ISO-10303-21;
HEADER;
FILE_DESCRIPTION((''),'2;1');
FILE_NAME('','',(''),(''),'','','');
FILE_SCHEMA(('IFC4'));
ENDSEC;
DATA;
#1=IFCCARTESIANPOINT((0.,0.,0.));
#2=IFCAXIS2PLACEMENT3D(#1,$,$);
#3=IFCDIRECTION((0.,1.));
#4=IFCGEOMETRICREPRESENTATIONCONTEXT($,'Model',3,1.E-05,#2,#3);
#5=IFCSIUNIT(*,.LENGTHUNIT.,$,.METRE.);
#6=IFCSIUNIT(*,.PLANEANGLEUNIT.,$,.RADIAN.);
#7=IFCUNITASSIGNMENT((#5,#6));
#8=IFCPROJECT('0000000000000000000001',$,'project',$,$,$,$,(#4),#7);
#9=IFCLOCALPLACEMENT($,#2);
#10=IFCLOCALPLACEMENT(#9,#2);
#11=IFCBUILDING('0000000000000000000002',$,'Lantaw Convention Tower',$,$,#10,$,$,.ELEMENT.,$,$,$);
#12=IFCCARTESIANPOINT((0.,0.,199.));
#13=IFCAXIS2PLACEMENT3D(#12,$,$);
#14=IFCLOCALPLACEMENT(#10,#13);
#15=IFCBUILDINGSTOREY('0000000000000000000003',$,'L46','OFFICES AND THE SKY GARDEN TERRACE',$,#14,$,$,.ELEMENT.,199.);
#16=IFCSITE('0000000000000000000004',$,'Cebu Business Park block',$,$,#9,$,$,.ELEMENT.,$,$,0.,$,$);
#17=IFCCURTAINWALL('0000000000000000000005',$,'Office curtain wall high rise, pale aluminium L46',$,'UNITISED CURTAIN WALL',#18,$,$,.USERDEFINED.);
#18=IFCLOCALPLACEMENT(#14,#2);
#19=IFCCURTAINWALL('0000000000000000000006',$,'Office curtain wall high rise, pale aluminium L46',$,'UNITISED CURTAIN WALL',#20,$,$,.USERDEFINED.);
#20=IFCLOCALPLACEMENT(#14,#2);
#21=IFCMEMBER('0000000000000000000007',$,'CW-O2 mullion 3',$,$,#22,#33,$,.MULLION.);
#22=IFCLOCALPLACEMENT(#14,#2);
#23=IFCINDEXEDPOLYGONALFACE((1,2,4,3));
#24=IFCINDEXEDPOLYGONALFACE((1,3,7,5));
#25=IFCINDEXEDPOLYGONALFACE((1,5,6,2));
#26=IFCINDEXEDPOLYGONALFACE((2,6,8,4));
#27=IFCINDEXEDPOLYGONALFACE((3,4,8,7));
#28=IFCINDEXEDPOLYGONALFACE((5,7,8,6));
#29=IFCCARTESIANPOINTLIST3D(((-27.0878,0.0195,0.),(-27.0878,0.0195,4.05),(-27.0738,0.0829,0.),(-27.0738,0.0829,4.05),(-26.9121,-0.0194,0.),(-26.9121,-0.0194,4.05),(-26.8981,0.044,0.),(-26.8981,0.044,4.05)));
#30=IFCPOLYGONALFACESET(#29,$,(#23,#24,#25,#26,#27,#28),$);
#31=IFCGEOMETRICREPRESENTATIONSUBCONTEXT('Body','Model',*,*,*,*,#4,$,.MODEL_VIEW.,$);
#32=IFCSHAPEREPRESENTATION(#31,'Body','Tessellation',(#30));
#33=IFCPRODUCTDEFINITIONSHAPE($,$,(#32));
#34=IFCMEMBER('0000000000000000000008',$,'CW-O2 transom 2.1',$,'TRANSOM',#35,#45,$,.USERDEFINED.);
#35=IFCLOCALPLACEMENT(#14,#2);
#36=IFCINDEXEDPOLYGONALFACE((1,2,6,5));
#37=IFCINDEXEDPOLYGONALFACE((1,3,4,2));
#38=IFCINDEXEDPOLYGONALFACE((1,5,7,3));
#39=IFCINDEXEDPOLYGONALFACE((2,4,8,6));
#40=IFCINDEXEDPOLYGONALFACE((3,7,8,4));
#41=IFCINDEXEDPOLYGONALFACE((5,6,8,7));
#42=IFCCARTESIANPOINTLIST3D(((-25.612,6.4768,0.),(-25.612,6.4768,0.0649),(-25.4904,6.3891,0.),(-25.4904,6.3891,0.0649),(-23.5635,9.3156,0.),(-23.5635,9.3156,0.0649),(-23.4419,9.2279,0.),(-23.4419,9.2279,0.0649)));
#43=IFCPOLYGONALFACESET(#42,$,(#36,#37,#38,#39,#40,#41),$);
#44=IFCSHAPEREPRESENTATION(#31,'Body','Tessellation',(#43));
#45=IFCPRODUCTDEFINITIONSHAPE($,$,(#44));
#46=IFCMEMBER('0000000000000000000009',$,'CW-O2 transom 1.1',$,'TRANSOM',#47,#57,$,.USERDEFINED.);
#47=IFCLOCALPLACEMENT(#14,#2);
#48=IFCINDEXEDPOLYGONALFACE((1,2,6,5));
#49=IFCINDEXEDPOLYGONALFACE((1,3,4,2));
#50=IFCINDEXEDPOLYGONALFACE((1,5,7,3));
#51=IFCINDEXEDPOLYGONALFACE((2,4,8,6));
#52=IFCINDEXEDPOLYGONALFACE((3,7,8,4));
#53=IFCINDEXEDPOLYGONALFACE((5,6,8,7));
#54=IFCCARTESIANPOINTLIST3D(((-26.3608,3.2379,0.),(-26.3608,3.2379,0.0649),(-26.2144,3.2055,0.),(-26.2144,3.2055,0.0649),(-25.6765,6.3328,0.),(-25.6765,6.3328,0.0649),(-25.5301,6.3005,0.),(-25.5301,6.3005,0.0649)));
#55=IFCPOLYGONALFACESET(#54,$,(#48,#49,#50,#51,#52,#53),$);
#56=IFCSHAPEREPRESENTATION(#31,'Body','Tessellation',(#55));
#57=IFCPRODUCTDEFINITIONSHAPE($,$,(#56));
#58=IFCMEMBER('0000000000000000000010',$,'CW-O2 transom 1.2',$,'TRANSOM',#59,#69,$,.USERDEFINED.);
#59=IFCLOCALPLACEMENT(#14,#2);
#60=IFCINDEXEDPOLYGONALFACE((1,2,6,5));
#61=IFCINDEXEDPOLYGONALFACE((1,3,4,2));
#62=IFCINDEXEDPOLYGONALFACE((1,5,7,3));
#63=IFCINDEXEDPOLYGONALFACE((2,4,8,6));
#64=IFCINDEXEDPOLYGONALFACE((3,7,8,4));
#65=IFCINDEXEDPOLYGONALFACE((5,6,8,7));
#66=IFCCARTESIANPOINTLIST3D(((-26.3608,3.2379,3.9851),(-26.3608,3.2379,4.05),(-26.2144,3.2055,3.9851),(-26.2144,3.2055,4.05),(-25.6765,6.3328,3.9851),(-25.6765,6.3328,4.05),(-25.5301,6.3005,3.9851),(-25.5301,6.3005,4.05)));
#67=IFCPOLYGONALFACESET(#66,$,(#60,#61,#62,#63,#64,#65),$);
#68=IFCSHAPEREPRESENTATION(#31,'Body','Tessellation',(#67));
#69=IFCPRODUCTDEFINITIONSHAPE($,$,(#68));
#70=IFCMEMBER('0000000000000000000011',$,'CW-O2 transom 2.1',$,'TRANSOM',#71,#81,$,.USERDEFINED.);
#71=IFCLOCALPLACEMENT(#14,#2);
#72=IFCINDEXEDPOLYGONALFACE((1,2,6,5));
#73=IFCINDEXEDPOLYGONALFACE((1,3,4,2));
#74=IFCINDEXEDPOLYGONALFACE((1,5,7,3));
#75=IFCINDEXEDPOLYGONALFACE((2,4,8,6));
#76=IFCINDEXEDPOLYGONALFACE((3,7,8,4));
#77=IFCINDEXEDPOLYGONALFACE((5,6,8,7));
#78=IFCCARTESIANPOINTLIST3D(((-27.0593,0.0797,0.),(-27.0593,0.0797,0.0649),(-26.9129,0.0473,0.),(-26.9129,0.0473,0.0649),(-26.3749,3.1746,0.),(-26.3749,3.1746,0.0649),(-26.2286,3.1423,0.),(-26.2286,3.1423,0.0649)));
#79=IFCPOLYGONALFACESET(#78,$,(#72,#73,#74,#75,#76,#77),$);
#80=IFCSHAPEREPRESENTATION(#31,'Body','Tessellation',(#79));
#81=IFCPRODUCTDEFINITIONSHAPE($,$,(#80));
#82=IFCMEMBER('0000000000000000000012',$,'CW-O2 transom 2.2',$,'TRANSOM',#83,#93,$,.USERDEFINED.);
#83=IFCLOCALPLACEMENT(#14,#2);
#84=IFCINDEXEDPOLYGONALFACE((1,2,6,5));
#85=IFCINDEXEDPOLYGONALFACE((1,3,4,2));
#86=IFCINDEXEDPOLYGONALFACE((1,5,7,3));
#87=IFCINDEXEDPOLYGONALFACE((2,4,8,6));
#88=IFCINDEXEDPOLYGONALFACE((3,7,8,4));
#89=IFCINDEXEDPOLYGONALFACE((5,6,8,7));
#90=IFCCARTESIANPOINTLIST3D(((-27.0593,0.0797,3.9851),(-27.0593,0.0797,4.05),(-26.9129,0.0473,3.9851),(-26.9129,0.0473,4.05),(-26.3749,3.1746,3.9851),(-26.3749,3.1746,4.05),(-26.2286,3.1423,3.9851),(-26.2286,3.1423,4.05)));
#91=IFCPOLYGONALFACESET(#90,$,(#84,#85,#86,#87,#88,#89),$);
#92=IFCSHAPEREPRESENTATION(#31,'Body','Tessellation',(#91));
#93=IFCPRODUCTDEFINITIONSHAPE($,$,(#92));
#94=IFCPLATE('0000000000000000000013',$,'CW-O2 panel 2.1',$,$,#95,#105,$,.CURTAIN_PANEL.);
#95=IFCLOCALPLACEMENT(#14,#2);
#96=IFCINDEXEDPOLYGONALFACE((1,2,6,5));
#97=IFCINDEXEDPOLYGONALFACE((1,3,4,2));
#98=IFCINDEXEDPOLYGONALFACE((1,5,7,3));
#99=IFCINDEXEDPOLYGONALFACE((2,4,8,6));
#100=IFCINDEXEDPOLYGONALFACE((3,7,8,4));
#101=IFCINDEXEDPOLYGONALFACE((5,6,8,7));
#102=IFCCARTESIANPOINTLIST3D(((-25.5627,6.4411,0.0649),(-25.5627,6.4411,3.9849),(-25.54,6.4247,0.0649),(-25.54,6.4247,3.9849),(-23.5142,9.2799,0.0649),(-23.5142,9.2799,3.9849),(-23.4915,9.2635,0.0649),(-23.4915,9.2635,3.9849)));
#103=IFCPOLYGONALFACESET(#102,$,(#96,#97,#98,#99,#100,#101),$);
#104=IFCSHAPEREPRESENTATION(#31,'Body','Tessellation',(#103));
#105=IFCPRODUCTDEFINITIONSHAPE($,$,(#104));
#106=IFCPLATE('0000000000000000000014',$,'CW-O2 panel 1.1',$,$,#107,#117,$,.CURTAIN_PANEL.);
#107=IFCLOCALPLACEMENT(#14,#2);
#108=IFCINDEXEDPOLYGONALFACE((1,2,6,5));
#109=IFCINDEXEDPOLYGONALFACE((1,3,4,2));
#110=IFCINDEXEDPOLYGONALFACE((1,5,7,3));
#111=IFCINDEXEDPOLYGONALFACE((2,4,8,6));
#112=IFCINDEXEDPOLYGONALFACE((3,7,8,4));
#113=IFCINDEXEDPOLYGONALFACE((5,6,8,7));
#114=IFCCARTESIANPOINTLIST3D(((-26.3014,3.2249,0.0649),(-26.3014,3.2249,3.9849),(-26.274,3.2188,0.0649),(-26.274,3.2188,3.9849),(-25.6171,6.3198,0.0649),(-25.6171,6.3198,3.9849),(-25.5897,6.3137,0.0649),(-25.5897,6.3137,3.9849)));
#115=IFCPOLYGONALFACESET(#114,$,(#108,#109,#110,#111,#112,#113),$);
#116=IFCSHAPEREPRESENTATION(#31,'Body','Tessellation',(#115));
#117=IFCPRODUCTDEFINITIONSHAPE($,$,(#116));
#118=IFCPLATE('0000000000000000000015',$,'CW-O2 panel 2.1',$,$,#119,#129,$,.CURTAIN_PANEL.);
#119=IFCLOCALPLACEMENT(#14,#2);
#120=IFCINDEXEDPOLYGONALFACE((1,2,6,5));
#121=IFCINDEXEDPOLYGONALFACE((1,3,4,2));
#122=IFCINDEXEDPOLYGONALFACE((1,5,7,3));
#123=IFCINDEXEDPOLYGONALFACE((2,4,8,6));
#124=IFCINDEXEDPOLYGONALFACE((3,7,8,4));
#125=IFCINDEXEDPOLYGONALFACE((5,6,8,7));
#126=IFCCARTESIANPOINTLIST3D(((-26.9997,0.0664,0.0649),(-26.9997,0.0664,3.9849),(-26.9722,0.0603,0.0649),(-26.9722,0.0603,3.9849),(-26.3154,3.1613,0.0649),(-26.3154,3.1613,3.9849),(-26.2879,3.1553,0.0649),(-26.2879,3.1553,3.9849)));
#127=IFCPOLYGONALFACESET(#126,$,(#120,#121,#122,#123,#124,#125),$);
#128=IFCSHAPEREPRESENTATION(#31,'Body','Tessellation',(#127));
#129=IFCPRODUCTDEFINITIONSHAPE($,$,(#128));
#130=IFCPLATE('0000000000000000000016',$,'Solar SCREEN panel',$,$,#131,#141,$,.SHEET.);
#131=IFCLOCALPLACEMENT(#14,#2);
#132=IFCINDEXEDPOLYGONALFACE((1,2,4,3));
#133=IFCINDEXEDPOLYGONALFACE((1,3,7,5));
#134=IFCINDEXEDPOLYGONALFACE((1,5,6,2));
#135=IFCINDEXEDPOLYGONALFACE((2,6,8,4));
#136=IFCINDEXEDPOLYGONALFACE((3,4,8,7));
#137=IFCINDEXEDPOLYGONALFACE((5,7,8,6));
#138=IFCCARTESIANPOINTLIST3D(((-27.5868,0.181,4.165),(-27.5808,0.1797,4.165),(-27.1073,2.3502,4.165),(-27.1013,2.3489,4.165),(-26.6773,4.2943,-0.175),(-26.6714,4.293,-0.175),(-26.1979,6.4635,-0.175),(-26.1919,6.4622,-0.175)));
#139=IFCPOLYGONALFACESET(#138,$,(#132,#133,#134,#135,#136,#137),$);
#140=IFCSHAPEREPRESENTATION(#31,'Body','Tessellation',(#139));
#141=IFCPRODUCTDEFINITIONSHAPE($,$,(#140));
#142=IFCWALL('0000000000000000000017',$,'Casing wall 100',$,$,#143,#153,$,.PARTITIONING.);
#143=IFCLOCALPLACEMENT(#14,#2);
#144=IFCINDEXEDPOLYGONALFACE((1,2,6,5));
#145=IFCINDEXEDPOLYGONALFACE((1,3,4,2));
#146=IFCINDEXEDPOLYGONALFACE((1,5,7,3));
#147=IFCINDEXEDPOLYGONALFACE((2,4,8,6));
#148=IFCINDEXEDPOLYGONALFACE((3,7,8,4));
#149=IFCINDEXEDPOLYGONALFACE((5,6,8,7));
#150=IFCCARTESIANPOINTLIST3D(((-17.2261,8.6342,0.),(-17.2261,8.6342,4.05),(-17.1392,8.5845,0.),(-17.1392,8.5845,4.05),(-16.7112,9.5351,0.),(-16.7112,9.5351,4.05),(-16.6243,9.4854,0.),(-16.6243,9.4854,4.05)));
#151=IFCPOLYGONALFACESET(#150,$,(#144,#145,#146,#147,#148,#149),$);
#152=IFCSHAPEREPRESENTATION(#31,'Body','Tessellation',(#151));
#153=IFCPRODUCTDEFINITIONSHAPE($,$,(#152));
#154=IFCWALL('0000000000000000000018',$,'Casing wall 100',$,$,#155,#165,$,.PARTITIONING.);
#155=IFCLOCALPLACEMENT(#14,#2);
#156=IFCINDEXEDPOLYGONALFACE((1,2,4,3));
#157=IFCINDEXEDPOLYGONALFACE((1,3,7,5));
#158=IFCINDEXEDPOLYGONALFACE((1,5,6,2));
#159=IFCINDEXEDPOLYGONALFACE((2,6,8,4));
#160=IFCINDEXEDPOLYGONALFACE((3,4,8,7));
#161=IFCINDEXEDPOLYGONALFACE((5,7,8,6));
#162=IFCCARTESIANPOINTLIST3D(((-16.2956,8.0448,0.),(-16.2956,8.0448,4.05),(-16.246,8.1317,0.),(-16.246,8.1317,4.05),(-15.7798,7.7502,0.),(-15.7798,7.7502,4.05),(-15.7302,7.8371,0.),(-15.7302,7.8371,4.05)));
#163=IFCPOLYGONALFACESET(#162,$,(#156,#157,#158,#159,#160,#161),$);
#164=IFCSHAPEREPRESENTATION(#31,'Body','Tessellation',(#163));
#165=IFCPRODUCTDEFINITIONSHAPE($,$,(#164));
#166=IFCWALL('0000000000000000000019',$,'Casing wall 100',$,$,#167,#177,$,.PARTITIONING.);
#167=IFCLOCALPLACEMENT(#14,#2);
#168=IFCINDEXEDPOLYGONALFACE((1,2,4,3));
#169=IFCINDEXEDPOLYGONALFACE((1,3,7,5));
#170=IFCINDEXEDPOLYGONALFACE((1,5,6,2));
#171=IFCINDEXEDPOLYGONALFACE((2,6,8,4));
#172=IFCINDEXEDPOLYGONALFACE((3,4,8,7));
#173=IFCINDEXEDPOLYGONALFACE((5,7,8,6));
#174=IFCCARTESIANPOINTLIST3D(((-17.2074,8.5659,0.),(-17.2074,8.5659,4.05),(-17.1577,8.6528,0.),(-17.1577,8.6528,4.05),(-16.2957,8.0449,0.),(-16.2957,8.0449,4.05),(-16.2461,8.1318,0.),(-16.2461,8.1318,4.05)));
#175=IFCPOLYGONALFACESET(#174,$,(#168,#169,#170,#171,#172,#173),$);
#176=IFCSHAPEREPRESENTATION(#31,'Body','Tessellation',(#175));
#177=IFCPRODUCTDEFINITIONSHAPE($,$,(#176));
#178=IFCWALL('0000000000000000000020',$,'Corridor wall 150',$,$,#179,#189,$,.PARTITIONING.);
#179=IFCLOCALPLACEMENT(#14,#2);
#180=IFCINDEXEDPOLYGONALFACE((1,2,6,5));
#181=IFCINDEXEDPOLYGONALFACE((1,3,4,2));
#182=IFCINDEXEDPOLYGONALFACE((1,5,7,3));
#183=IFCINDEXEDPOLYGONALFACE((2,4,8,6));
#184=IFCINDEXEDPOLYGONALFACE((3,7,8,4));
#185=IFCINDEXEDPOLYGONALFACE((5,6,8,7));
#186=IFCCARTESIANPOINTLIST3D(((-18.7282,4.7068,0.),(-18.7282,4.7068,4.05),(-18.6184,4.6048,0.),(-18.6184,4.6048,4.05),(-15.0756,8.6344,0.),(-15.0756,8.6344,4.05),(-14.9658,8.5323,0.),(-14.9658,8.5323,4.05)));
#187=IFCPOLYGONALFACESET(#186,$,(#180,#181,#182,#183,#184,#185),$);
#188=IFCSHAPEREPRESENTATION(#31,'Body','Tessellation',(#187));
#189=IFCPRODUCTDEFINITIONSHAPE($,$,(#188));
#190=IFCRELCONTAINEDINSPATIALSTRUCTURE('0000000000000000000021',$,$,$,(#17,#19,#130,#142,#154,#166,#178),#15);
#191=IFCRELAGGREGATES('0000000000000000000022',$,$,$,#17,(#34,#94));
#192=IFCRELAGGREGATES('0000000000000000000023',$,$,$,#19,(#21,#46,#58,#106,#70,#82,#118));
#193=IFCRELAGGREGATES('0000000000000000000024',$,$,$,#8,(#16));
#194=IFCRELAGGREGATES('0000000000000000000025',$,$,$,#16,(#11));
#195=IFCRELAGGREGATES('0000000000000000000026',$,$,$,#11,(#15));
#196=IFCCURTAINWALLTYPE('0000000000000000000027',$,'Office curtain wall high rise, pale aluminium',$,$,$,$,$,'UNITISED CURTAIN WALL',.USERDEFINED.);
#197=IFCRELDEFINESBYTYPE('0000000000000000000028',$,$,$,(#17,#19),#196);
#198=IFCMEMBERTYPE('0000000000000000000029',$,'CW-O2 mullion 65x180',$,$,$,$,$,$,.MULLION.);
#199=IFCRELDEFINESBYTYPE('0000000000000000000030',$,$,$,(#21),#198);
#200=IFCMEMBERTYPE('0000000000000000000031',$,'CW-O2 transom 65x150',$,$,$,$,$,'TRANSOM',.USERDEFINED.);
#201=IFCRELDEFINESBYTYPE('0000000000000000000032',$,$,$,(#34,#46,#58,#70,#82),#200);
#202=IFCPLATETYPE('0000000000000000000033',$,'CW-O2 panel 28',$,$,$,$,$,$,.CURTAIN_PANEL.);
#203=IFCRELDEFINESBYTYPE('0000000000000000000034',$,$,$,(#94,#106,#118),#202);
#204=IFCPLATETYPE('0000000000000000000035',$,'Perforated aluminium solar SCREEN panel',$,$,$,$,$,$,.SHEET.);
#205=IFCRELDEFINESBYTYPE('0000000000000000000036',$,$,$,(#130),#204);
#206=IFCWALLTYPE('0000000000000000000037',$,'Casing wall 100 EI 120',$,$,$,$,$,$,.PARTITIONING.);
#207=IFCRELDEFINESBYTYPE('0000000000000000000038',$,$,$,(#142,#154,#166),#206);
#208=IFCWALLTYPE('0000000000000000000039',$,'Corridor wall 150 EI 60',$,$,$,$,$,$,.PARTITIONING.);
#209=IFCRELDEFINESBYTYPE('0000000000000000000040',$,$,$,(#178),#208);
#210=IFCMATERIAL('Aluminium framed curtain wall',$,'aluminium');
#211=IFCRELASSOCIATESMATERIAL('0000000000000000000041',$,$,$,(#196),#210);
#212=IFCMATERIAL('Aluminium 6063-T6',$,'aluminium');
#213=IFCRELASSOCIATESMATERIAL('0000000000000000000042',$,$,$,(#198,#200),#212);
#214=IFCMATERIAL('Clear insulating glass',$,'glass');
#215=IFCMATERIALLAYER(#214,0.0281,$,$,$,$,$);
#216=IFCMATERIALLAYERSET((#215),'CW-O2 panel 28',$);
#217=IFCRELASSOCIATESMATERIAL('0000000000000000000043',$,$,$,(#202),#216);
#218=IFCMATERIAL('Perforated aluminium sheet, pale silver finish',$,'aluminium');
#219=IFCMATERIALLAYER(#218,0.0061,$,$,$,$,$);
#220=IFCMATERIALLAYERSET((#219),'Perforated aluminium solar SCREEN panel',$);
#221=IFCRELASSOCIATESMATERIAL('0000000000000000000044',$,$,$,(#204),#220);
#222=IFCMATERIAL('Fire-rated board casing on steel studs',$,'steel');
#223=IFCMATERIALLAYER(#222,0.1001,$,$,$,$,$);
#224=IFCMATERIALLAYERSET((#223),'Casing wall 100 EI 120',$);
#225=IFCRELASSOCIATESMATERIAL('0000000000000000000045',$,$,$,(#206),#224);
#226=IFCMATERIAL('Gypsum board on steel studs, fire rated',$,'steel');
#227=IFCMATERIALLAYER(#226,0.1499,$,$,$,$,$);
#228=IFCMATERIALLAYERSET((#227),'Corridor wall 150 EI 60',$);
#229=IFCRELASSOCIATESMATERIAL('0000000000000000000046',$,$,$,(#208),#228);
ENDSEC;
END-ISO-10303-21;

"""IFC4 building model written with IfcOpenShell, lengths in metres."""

from ifc_helpers import new_model, si_unit, direction, frame, frame_2d, origin, origin_2d, place, context, subcontext, project, spatial, polyline, rectangle, outline, extrude, material, layer, layer_set, material_profile, profile_set, type_object, element, aggregate, save


model = new_model("IFC4")

# Units and contexts
model_context = context("Model", 3, precision=1e-05, world=origin(), true_north=direction((0.0, 1.0)))
body_context = subcontext(model_context, "Body", "Model", "MODEL_VIEW")
ifc_project = project(units=[si_unit("LENGTHUNIT", "METRE"), si_unit("PLANEANGLEUNIT", "RADIAN")], contexts=[model_context])

# Site, building, storey
site_placement = place(None, origin())
site = spatial("IfcSite", under=ifc_project, at=site_placement, Name="Cebu Business Park block", CompositionType="ELEMENT", RefElevation=0.0)
building_placement = place(site_placement, origin())
building = spatial("IfcBuilding", under=site, at=building_placement, Name="Lantaw Convention Tower", CompositionType="ELEMENT")
storey_placement = place(building_placement, frame((0.0, 0.0, 199.0)))
storey = spatial("IfcBuildingStorey", under=building, at=storey_placement, Name="L46", Description="OFFICES AND THE SKY GARDEN TERRACE", CompositionType="ELEMENT", Elevation=199.0)

# Curtain wall
ifc_material_1 = material(Name="Aluminium framed curtain wall", Category="aluminium")
curtain_wall_type = type_object("IfcCurtainWallType", Name="Office curtain wall high rise, pale aluminium", ElementType="UNITISED CURTAIN WALL", PredefinedType="USERDEFINED", material=ifc_material_1)
curtain_wall_1_placement = place(storey_placement, origin())
curtain_wall_1 = element("IfcCurtainWall", 1, at=curtain_wall_1_placement, inside=storey, type_object=curtain_wall_type, Name="Office curtain wall high rise, pale aluminium L46", ObjectType="UNITISED CURTAIN WALL", PredefinedType="USERDEFINED")
ifc_material_2 = material(Name="Aluminium 6063-T6", Category="aluminium")
ifc_material_profile_1 = material_profile(ifc_material_2, rectangle(XDim=0.1799, YDim=0.0649, at=origin_2d()), Name="CW-O2 mullion 65x180")
ifc_profile_set_1 = profile_set([ifc_material_profile_1], Name="Aluminium 6063-T6")
member_type_1 = type_object("IfcMemberType", Name="CW-O2 mullion 65x180", PredefinedType="MULLION", material=ifc_profile_set_1)

# Curtain wall, member
curtain_wall_2_placement = place(storey_placement, origin())
curtain_wall_2 = element("IfcCurtainWall", 2, at=curtain_wall_2_placement, inside=storey, type_object=curtain_wall_type, Name="Office curtain wall high rise, pale aluminium L46", ObjectType="UNITISED CURTAIN WALL", PredefinedType="USERDEFINED")
member_1_placement = place(storey_placement, frame((-26.9929, 0.0317, 0.0), z_axis=(0.0, 0.0, 1.0), x_axis=(0.976417, -0.215891, 0.0)))
member_1 = element("IfcMember", 3, at=member_1_placement, type_object=member_type_1, Name="CW-O2 mullion 3", PredefinedType="MULLION", context=body_context, shape_type="SweptSolid", body=[
    extrude(rectangle(XDim=0.1799, YDim=0.0649, at=origin_2d()), origin(), (0.0, 0.0, 1.0), 4.05),
])

# Members
ifc_material_profile_2 = material_profile(ifc_material_2, rectangle(XDim=0.1499, YDim=0.0649, at=origin_2d()), Name="CW-O2 transom 65x150")
ifc_profile_set_2 = profile_set([ifc_material_profile_2], Name="Aluminium 6063-T6")
member_type_2 = type_object("IfcMemberType", Name="CW-O2 transom 65x150", ElementType="TRANSOM", PredefinedType="USERDEFINED", material=ifc_profile_set_2)
member_2_placement = place(storey_placement, frame((-23.5027, 9.2717, 0.0325), z_axis=(-0.58517, -0.810911, 0.0), x_axis=(0.810911, -0.58517, 0.0)))
member_2 = element("IfcMember", 4, at=member_2_placement, type_object=member_type_2, Name="CW-O2 transom 2.1", ObjectType="TRANSOM", PredefinedType="USERDEFINED", context=body_context, shape_type="SweptSolid", body=[
    extrude(rectangle(XDim=0.1499, YDim=0.0649, at=origin_2d()), origin(), (0.0, 0.0, 1.0), 3.5007),
])
member_3_placement = place(storey_placement, frame((-25.6033, 6.3167, 0.0325), z_axis=(-0.215895, -0.976417, 0.0), x_axis=(0.976417, -0.215895, 0.0)))
member_3 = element("IfcMember", 5, at=member_3_placement, type_object=member_type_2, Name="CW-O2 transom 1.1", ObjectType="TRANSOM", PredefinedType="USERDEFINED", context=body_context, shape_type="SweptSolid", body=[
    extrude(rectangle(XDim=0.1499, YDim=0.0649, at=origin_2d()), origin(), (0.0, 0.0, 1.0), 3.1697),
])
member_4_placement = place(storey_placement, frame((-25.6033, 6.3167, 4.0176), z_axis=(-0.215895, -0.976417, 0.0), x_axis=(0.976417, -0.215895, 0.0)))
member_4 = element("IfcMember", 6, at=member_4_placement, type_object=member_type_2, Name="CW-O2 transom 1.2", ObjectType="TRANSOM", PredefinedType="USERDEFINED", context=body_context, shape_type="SweptSolid", body=[
    extrude(rectangle(XDim=0.1499, YDim=0.0649, at=origin_2d()), origin(), (0.0, 0.0, 1.0), 3.1697),
])
member_5_placement = place(storey_placement, frame((-26.3018, 3.1584, 0.0325), z_axis=(-0.215895, -0.976417, 0.0), x_axis=(0.976417, -0.215895, 0.0)))
member_5 = element("IfcMember", 7, at=member_5_placement, type_object=member_type_2, Name="CW-O2 transom 2.1", ObjectType="TRANSOM", PredefinedType="USERDEFINED", context=body_context, shape_type="SweptSolid", body=[
    extrude(rectangle(XDim=0.1499, YDim=0.0649, at=origin_2d()), origin(), (0.0, 0.0, 1.0), 3.1697),
])
member_6_placement = place(storey_placement, frame((-26.3018, 3.1584, 4.0176), z_axis=(-0.215895, -0.976417, 0.0), x_axis=(0.976417, -0.215895, 0.0)))
member_6 = element("IfcMember", 8, at=member_6_placement, type_object=member_type_2, Name="CW-O2 transom 2.2", ObjectType="TRANSOM", PredefinedType="USERDEFINED", context=body_context, shape_type="SweptSolid", body=[
    extrude(rectangle(XDim=0.1499, YDim=0.0649, at=origin_2d()), origin(), (0.0, 0.0, 1.0), 3.1697),
])

# Plates
ifc_material_3 = material(Name="Clear insulating glass", Category="glass")
ifc_layer_1 = layer(ifc_material_3, 0.0281)
ifc_layer_set_1 = layer_set([ifc_layer_1], Name="CW-O2 panel 28")
plate_type_1 = type_object("IfcPlateType", Name="CW-O2 panel 28", PredefinedType="CURTAIN_PANEL", material=ifc_layer_set_1)
plate_1_placement = place(storey_placement, frame((-24.5271, 7.8523, 0.0649), z_axis=(0.0, 0.0, 1.0), x_axis=(-0.585158, -0.81092, 0.0)))
plate_1 = element("IfcPlate", 9, at=plate_1_placement, type_object=plate_type_1, Name="CW-O2 panel 2.1", PredefinedType="CURTAIN_PANEL", context=body_context, shape_type="SweptSolid", body=[
    extrude(rectangle(XDim=3.5007, YDim=0.0281, at=origin_2d()), origin(), (0.0, 0.0, 1.0), 3.9199),
])
aggregate(curtain_wall_1, [member_2, plate_1])
plate_2_placement = place(storey_placement, frame((-25.9456, 4.7693, 0.0649), z_axis=(0.0, 0.0, 1.0), x_axis=(-0.215891, -0.976417, 0.0)))
plate_2 = element("IfcPlate", 10, at=plate_2_placement, type_object=plate_type_1, Name="CW-O2 panel 1.1", PredefinedType="CURTAIN_PANEL", context=body_context, shape_type="SweptSolid", body=[
    extrude(rectangle(XDim=3.1697, YDim=0.0281, at=origin_2d()), origin(), (0.0, 0.0, 1.0), 3.9199),
])
plate_3_placement = place(storey_placement, frame((-26.6438, 1.6108, 0.0649), z_axis=(0.0, 0.0, 1.0), x_axis=(-0.215891, -0.976417, 0.0)))
plate_3 = element("IfcPlate", 11, at=plate_3_placement, type_object=plate_type_1, Name="CW-O2 panel 2.1", PredefinedType="CURTAIN_PANEL", context=body_context, shape_type="SweptSolid", body=[
    extrude(rectangle(XDim=3.1697, YDim=0.0281, at=origin_2d()), origin(), (0.0, 0.0, 1.0), 3.9199),
])
aggregate(curtain_wall_2, [member_1, member_3, member_4, plate_2, member_5, member_6, plate_3])
ifc_material_4 = material(Name="Perforated aluminium sheet, pale silver finish", Category="aluminium")
ifc_layer_2 = layer(ifc_material_4, 0.0061)
ifc_layer_set_2 = layer_set([ifc_layer_2], Name="Perforated aluminium solar SCREEN panel")
plate_type_2 = type_object("IfcPlateType", Name="Perforated aluminium solar SCREEN panel", PredefinedType="SHEET", material=ifc_layer_set_2)
plate_4_placement = place(storey_placement, frame((-26.1919, 6.4622, -0.175), z_axis=(0.97643, -0.215837, 0.000044), x_axis=(-0.215837, -0.97643, 0.0)))
element("IfcPlate", 12, at=plate_4_placement, inside=storey, type_object=plate_type_2, Name="Solar SCREEN panel", PredefinedType="SHEET", context=body_context, shape_type="SweptSolid", body=[
    extrude(outline(polyline([(0.0, 0.0), (2.2216, 0.0), (6.4342, -4.3401), (4.2126, -4.3401), (0.0, 0.0)])), origin(), (0.0, 0.0, -1.0), 0.0061),
])

# Walls
ifc_material_5 = material(Name="Fire-rated board casing on steel studs", Category="steel")
ifc_layer_3 = layer(ifc_material_5, 0.1001)
ifc_layer_set_3 = layer_set([ifc_layer_3], Name="Casing wall 100 EI 120")
wall_type_1 = type_object("IfcWallType", Name="Casing wall 100 EI 120", PredefinedType="PARTITIONING", material=ifc_layer_set_3)
wall_1_placement = place(storey_placement, frame((-17.1826, 8.6094, 0.0), z_axis=(0.0, 0.0, 1.0), x_axis=(0.496215, 0.8682, 0.0)))
element("IfcWall", 13, at=wall_1_placement, inside=storey, type_object=wall_type_1, Name="Casing wall 100", PredefinedType="PARTITIONING", context=body_context, shape_type="SweptSolid", body=[
    extrude(rectangle(XDim=1.0376, YDim=0.1001, at=frame_2d((0.5188, 0.0))), origin(), (0.0, 0.0, 1.0), 4.05),
])
wall_2_placement = place(storey_placement, frame((-15.7551, 7.7937, 0.0), z_axis=(0.0, 0.0, 1.0), x_axis=(-0.868319, 0.496006, 0.0)))
element("IfcWall", 14, at=wall_2_placement, inside=storey, type_object=wall_type_1, Name="Casing wall 100", PredefinedType="PARTITIONING", context=body_context, shape_type="SweptSolid", body=[
    extrude(rectangle(XDim=0.594, YDim=0.1001, at=frame_2d((0.2969, 0.0))), origin(), (0.0, 0.0, 1.0), 4.05),
])
wall_3_placement = place(storey_placement, frame((-16.271, 8.0884, 0.0), z_axis=(0.0, 0.0, 1.0), x_axis=(-0.868215, 0.496189, 0.0)))
element("IfcWall", 15, at=wall_3_placement, inside=storey, type_object=wall_type_1, Name="Casing wall 100", PredefinedType="PARTITIONING", context=body_context, shape_type="SweptSolid", body=[
    extrude(rectangle(XDim=1.05, YDim=0.1001, at=frame_2d((0.5249, 0.0))), origin(), (0.0, 0.0, 1.0), 4.05),
])
ifc_material_6 = material(Name="Gypsum board on steel studs, fire rated", Category="steel")
ifc_layer_4 = layer(ifc_material_6, 0.1499)
ifc_layer_set_4 = layer_set([ifc_layer_4], Name="Corridor wall 150 EI 60")
wall_type_2 = type_object("IfcWallType", Name="Corridor wall 150 EI 60", PredefinedType="PARTITIONING", material=ifc_layer_set_4)
wall_4_placement = place(storey_placement, frame((-15.0208, 8.5833, 0.0), z_axis=(0.0, 0.0, 1.0), x_axis=(-0.681015, -0.73227, 0.0)))
element("IfcWall", 16, at=wall_4_placement, inside=storey, type_object=wall_type_2, Name="Corridor wall 150", PredefinedType="PARTITIONING", context=body_context, shape_type="SweptSolid", body=[
    extrude(rectangle(XDim=5.3635, YDim=0.1499, at=frame_2d((2.6816, 0.0))), origin(), (0.0, 0.0, 1.0), 4.05),
])

save(model, "model.ifc")
